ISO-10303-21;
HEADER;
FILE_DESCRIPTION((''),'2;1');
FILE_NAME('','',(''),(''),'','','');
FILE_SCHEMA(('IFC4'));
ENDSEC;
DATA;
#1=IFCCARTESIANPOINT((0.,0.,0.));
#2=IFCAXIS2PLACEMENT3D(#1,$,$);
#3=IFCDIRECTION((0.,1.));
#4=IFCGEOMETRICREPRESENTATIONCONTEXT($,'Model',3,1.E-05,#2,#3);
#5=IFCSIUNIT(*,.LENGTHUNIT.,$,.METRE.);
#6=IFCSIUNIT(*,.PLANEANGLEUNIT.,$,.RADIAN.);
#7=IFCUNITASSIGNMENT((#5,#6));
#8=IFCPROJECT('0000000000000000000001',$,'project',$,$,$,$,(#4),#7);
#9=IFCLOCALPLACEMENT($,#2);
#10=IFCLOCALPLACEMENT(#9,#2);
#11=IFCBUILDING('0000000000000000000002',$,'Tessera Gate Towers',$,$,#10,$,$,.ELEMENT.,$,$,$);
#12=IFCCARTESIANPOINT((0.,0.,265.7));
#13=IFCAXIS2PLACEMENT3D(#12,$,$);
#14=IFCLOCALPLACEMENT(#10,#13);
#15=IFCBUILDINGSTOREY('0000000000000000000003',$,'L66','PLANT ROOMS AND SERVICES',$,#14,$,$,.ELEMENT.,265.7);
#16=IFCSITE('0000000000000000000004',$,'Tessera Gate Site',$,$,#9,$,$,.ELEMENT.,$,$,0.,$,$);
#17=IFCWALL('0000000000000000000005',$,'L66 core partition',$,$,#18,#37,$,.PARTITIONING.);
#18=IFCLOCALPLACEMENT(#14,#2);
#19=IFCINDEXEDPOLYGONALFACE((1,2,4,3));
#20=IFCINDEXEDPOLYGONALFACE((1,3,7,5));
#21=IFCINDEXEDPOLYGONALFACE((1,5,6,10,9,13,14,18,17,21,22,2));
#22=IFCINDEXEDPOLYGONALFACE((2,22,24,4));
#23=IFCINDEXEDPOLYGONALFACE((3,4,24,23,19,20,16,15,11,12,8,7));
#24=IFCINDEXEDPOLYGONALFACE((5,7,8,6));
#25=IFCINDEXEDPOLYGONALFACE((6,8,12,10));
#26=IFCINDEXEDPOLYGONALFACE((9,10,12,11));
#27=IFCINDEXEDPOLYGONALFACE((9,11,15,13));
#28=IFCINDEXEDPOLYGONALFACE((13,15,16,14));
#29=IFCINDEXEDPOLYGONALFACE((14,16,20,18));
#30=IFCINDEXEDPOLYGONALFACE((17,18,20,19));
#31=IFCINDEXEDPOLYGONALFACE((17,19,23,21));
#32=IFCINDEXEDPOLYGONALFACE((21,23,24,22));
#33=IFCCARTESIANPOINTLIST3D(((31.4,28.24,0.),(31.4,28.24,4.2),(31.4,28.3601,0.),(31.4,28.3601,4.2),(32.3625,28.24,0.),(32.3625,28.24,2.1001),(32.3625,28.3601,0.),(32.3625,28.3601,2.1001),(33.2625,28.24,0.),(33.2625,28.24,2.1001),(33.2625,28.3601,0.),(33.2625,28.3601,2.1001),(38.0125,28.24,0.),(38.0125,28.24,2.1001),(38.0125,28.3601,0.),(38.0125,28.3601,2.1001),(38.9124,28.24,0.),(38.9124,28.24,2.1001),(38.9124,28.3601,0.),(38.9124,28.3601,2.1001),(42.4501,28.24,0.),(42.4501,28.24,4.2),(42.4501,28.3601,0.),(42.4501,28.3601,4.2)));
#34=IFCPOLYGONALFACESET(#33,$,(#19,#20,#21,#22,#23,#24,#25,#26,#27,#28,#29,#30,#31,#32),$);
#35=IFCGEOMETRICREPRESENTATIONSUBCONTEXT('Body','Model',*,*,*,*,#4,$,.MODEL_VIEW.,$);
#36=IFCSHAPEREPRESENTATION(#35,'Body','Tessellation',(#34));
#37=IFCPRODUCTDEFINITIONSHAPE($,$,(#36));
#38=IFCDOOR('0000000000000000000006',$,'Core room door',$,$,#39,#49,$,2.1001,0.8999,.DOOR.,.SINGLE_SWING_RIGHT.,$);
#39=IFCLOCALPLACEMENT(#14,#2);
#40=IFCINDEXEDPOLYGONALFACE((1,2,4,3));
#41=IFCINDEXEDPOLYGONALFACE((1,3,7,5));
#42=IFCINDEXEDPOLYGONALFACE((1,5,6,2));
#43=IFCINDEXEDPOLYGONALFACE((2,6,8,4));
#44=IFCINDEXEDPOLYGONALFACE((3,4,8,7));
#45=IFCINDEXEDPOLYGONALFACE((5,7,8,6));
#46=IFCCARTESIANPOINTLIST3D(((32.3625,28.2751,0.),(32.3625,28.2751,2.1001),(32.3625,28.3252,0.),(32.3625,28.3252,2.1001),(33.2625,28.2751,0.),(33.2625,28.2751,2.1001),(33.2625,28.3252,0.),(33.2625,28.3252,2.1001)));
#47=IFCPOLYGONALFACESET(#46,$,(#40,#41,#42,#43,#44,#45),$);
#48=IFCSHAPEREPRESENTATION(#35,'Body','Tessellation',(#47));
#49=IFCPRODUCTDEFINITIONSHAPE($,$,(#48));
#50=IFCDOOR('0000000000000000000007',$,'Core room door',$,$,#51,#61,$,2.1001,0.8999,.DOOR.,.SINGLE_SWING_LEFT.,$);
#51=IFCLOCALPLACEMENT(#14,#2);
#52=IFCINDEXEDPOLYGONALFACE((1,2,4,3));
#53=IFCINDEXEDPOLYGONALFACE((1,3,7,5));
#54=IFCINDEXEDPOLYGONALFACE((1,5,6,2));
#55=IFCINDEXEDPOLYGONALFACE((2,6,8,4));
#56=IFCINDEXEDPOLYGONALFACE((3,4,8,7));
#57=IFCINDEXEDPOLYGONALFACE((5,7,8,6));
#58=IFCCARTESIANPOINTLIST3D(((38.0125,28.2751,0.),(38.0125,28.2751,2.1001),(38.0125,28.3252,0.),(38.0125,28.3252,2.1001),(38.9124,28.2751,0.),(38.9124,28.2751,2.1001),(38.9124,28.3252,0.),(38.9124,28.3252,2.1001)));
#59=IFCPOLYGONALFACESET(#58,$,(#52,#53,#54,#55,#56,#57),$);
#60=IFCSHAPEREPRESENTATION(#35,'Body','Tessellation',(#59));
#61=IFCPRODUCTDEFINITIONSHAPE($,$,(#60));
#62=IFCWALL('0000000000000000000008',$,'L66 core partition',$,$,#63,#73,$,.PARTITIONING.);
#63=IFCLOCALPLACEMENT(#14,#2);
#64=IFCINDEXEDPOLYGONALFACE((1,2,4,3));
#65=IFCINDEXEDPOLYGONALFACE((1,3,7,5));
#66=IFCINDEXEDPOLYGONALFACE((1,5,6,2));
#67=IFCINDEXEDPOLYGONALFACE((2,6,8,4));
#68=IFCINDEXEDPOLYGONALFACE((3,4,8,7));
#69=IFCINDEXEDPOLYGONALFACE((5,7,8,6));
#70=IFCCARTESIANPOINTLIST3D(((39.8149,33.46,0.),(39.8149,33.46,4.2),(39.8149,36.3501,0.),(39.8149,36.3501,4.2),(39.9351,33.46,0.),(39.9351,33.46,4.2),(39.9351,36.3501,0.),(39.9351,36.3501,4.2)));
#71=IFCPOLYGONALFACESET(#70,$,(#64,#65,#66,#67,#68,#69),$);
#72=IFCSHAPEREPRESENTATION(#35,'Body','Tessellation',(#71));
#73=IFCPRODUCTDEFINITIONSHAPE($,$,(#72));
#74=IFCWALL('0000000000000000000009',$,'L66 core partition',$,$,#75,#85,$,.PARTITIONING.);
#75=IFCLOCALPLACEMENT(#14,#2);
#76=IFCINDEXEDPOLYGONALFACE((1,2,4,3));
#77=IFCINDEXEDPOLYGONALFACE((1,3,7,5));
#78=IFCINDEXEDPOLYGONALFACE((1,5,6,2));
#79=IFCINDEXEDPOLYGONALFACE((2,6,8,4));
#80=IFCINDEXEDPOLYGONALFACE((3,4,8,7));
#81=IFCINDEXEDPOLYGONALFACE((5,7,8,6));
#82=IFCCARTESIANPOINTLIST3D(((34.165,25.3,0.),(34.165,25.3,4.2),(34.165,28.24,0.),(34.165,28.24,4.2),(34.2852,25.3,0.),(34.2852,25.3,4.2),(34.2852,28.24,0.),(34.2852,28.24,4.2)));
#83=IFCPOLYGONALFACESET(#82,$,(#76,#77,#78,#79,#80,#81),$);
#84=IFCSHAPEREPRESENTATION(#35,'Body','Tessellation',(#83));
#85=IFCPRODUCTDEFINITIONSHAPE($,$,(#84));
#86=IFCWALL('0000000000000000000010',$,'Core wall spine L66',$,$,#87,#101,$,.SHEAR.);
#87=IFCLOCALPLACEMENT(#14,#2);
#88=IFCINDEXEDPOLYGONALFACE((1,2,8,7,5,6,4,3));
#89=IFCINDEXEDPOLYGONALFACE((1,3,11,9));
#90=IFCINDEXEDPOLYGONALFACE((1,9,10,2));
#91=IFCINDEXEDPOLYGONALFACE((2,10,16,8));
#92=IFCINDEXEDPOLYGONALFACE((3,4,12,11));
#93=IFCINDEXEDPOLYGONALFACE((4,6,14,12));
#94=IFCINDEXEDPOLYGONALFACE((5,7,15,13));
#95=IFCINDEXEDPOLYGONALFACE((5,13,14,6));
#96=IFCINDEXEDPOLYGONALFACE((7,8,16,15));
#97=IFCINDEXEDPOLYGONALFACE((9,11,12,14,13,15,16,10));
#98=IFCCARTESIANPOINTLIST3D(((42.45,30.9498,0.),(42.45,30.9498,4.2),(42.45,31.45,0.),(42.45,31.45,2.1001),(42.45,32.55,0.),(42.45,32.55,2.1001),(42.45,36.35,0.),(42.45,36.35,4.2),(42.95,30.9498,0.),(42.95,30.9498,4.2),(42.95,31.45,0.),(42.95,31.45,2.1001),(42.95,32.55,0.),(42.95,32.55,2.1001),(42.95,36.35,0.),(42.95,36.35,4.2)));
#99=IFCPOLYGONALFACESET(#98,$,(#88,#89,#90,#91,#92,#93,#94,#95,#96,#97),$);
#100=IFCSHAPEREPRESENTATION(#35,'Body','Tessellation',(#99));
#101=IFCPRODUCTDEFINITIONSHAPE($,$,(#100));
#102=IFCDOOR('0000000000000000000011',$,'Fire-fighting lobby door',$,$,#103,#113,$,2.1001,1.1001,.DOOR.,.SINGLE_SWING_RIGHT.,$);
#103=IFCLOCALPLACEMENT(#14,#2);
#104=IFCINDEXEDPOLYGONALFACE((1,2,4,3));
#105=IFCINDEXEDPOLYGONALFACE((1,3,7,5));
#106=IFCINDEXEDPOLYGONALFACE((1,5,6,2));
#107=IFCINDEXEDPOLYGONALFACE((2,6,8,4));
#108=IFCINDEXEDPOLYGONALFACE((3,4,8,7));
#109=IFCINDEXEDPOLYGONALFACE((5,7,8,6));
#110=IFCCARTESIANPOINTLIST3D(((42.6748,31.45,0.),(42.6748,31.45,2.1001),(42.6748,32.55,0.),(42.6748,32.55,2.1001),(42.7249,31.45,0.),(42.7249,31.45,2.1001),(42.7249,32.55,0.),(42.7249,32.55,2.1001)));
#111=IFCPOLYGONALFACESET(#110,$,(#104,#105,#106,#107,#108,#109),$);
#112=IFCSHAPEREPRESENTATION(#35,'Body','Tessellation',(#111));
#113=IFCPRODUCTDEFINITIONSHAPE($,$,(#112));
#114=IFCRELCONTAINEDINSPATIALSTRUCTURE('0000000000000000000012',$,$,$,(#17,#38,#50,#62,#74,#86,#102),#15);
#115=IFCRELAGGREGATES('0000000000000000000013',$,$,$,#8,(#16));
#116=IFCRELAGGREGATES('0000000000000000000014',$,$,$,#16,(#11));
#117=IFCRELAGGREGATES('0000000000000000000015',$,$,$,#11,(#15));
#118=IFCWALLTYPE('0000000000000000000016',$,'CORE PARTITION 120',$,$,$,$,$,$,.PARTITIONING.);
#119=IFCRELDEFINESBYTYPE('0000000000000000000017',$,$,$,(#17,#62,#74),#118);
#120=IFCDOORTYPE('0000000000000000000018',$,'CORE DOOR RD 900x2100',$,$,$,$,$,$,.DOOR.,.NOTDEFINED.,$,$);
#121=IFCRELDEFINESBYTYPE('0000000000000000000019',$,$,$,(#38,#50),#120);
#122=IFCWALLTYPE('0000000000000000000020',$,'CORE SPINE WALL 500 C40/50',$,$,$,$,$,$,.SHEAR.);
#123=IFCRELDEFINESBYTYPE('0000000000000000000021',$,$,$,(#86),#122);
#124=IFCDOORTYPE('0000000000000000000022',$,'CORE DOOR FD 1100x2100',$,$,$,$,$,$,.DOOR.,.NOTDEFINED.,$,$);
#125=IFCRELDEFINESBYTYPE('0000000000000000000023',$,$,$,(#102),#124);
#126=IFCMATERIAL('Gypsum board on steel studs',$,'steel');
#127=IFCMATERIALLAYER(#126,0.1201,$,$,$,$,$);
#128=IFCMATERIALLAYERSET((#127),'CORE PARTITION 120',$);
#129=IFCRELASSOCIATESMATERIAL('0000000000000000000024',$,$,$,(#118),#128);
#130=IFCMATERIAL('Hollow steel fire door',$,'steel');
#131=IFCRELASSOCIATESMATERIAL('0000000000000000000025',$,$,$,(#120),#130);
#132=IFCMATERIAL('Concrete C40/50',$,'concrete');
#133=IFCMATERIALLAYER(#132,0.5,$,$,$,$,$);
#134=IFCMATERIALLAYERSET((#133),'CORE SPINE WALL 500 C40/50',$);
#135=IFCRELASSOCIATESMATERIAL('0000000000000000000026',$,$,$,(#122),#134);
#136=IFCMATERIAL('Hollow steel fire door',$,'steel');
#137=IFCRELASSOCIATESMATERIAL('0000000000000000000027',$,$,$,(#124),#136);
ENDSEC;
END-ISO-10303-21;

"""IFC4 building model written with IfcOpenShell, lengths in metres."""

from ifc_helpers import new_model, si_unit, direction, frame, frame_2d, origin, place, context, subcontext, project, spatial, rectangle, extrude, source, transform, mapped, material, layer, layer_set, type_object, element, fill, save


model = new_model("IFC4")

# Units and contexts
model_context = context("Model", 3, precision=1e-05, world=origin(), true_north=direction((0.0, 1.0)))
body_context = subcontext(model_context, "Body", "Model", "MODEL_VIEW")
ifc_project = project(units=[si_unit("LENGTHUNIT", "METRE"), si_unit("PLANEANGLEUNIT", "RADIAN")], contexts=[model_context])

# Site, building, storey
site_placement = place(None, origin())
site = spatial("IfcSite", under=ifc_project, at=site_placement, Name="Tessera Gate Site", CompositionType="ELEMENT", RefElevation=0.0)
building_placement = place(site_placement, origin())
building = spatial("IfcBuilding", under=site, at=building_placement, Name="Tessera Gate Towers", CompositionType="ELEMENT")
storey_placement = place(building_placement, frame((0.0, 0.0, 265.7)))
storey = spatial("IfcBuildingStorey", under=building, at=storey_placement, Name="L66", Description="PLANT ROOMS AND SERVICES", CompositionType="ELEMENT", Elevation=265.7)

# Shared definitions
shared_shape_1 = source(origin(), body_context, "Body", "SweptSolid", [
    extrude(rectangle(XDim=1.1001, YDim=2.1001, at=frame_2d((0.55, 1.05))), frame((0.0, 0.0249, 0.0), z_axis=(0.0, -1.0, 0.0), x_axis=(1.0, 0.0, 0.0)), (0.0, 0.0, 1.0), 0.05),
])

# Wall, openings, doors
ifc_material_1 = material(Name="Gypsum board on steel studs", Category="steel")
ifc_layer_1 = layer(ifc_material_1, 0.1201)
ifc_layer_set_1 = layer_set([ifc_layer_1], Name="CORE PARTITION 120")
wall_type_1 = type_object("IfcWallType", Name="CORE PARTITION 120", PredefinedType="PARTITIONING", material=ifc_layer_set_1)
wall_1_placement = place(storey_placement, frame((42.45, 28.3, 0.0), z_axis=(0.0, 0.0, 1.0), x_axis=(-1.0, 0.0, 0.0)))
wall_1 = element("IfcWall", 1, at=wall_1_placement, inside=storey, type_object=wall_type_1, Name="L66 core partition", PredefinedType="PARTITIONING", context=body_context, shape_type="SweptSolid", body=[
    extrude(rectangle(XDim=11.05, YDim=0.1201, at=frame_2d((5.5249, 0.0))), origin(), (0.0, 0.0, 1.0), 4.2),
])
shared_shape_2 = source(origin(), body_context, "Body", "SweptSolid", [
    extrude(rectangle(XDim=0.8999, YDim=2.1001, at=frame_2d((0.45, 1.05))), frame((0.0, 0.0701, 0.0), z_axis=(0.0, -1.0, 0.0), x_axis=(1.0, 0.0, 0.0)), (0.0, 0.0, 1.0), 0.1401),
])
opening_1_placement = place(wall_1_placement, frame((9.1875, 0.0, 0.0)))
opening_1 = element("IfcOpeningElement", 2, at=opening_1_placement, cuts=wall_1, PredefinedType="OPENING", context=body_context, shape_type="MappedRepresentation", body=[
    mapped(shared_shape_2, transform((0.0, 0.0, 0.0), scale=1.0)),
])
opening_2_placement = place(wall_1_placement, frame((3.5376, 0.0, 0.0)))
opening_2 = element("IfcOpeningElement", 3, at=opening_2_placement, cuts=wall_1, PredefinedType="OPENING", context=body_context, shape_type="MappedRepresentation", body=[
    mapped(shared_shape_2, transform((0.0, 0.0, 0.0), scale=1.0)),
])
ifc_material_2 = material(Name="Hollow steel fire door", Category="steel")
door_type_1 = type_object("IfcDoorType", Name="CORE DOOR RD 900x2100", OperationType="NOTDEFINED", PredefinedType="DOOR", material=ifc_material_2)
shared_shape_3 = source(origin(), body_context, "Body", "SweptSolid", [
    extrude(rectangle(XDim=0.8999, YDim=2.1001, at=frame_2d((0.45, 1.05))), frame((0.0, 0.0249, 0.0), z_axis=(0.0, -1.0, 0.0), x_axis=(1.0, 0.0, 0.0)), (0.0, 0.0, 1.0), 0.05),
])
door_1_placement = place(opening_1_placement, origin())
door_1 = element("IfcDoor", 4, at=door_1_placement, inside=storey, type_object=door_type_1, Name="Core room door", OperationType="SINGLE_SWING_RIGHT", OverallHeight=2.1001, OverallWidth=0.8999, PredefinedType="DOOR", context=body_context, shape_type="MappedRepresentation", body=[
    mapped(shared_shape_3, transform((0.0, 0.0, 0.0), scale=1.0)),
])
fill(opening_1, door_1)
door_2_placement = place(opening_2_placement, origin())
door_2 = element("IfcDoor", 5, at=door_2_placement, inside=storey, type_object=door_type_1, Name="Core room door", OperationType="SINGLE_SWING_LEFT", OverallHeight=2.1001, OverallWidth=0.8999, PredefinedType="DOOR", context=body_context, shape_type="MappedRepresentation", body=[
    mapped(shared_shape_3, transform((0.0, 0.0, 0.0), scale=1.0)),
])
fill(opening_2, door_2)

# Walls
wall_2_placement = place(storey_placement, frame((39.875, 33.46, 0.0), z_axis=(0.0, 0.0, 1.0), x_axis=(0.0, 1.0, 0.0)))
element("IfcWall", 6, at=wall_2_placement, inside=storey, type_object=wall_type_1, Name="L66 core partition", PredefinedType="PARTITIONING", context=body_context, shape_type="SweptSolid", body=[
    extrude(rectangle(XDim=2.8901, YDim=0.1201, at=frame_2d((1.4451, 0.0))), origin(), (0.0, 0.0, 1.0), 4.2),
])
wall_3_placement = place(storey_placement, frame((34.2251, 25.3, 0.0), z_axis=(0.0, 0.0, 1.0), x_axis=(0.0, 1.0, 0.0)))
element("IfcWall", 7, at=wall_3_placement, inside=storey, type_object=wall_type_1, Name="L66 core partition", PredefinedType="PARTITIONING", context=body_context, shape_type="SweptSolid", body=[
    extrude(rectangle(XDim=2.9399, YDim=0.1201, at=frame_2d((1.47, 0.0))), origin(), (0.0, 0.0, 1.0), 4.2),
])

# Wall, opening, door
ifc_material_3 = material(Name="Concrete C40/50", Category="concrete")
ifc_layer_2 = layer(ifc_material_3, 0.5)
ifc_layer_set_2 = layer_set([ifc_layer_2], Name="CORE SPINE WALL 500 C40/50")
wall_type_2 = type_object("IfcWallType", Name="CORE SPINE WALL 500 C40/50", PredefinedType="SHEAR", material=ifc_layer_set_2)
wall_4_placement = place(storey_placement, frame((42.7, 36.3501, 0.0), z_axis=(0.0, 0.0, 1.0), x_axis=(0.0, -1.0, 0.0)))
wall_4 = element("IfcWall", 8, at=wall_4_placement, inside=storey, type_object=wall_type_2, Name="Core wall spine L66", PredefinedType="SHEAR", context=body_context, shape_type="SweptSolid", body=[
    extrude(rectangle(XDim=5.4001, YDim=0.5, at=frame_2d((2.7002, 0.0))), origin(), (0.0, 0.0, 1.0), 4.2),
])
shared_shape_4 = source(origin(), body_context, "Body", "SweptSolid", [
    extrude(rectangle(XDim=1.1001, YDim=2.1001, at=frame_2d((0.55, 1.05))), frame((0.0, 0.26, 0.0), z_axis=(0.0, -1.0, 0.0), x_axis=(1.0, 0.0, 0.0)), (0.0, 0.0, 1.0), 0.52),
])
opening_3_placement = place(wall_4_placement, frame((3.8, 0.0, 0.0)))
opening_3 = element("IfcOpeningElement", 9, at=opening_3_placement, cuts=wall_4, PredefinedType="OPENING", context=body_context, shape_type="MappedRepresentation", body=[
    mapped(shared_shape_4, transform((0.0, 0.0, 0.0), scale=1.0)),
])
ifc_material_4 = material(Name="Hollow steel fire door", Category="steel")
door_type_2 = type_object("IfcDoorType", Name="CORE DOOR FD 1100x2100", OperationType="NOTDEFINED", PredefinedType="DOOR", material=ifc_material_4)
door_3_placement = place(opening_3_placement, origin())
door_3 = element("IfcDoor", 10, at=door_3_placement, inside=storey, type_object=door_type_2, Name="Fire-fighting lobby door", OperationType="SINGLE_SWING_RIGHT", OverallHeight=2.1001, OverallWidth=1.1001, PredefinedType="DOOR", context=body_context, shape_type="MappedRepresentation", body=[
    mapped(shared_shape_1, transform((0.0, 0.0, 0.0), scale=1.0)),
])
fill(opening_3, door_3)

save(model, "model.ifc")
